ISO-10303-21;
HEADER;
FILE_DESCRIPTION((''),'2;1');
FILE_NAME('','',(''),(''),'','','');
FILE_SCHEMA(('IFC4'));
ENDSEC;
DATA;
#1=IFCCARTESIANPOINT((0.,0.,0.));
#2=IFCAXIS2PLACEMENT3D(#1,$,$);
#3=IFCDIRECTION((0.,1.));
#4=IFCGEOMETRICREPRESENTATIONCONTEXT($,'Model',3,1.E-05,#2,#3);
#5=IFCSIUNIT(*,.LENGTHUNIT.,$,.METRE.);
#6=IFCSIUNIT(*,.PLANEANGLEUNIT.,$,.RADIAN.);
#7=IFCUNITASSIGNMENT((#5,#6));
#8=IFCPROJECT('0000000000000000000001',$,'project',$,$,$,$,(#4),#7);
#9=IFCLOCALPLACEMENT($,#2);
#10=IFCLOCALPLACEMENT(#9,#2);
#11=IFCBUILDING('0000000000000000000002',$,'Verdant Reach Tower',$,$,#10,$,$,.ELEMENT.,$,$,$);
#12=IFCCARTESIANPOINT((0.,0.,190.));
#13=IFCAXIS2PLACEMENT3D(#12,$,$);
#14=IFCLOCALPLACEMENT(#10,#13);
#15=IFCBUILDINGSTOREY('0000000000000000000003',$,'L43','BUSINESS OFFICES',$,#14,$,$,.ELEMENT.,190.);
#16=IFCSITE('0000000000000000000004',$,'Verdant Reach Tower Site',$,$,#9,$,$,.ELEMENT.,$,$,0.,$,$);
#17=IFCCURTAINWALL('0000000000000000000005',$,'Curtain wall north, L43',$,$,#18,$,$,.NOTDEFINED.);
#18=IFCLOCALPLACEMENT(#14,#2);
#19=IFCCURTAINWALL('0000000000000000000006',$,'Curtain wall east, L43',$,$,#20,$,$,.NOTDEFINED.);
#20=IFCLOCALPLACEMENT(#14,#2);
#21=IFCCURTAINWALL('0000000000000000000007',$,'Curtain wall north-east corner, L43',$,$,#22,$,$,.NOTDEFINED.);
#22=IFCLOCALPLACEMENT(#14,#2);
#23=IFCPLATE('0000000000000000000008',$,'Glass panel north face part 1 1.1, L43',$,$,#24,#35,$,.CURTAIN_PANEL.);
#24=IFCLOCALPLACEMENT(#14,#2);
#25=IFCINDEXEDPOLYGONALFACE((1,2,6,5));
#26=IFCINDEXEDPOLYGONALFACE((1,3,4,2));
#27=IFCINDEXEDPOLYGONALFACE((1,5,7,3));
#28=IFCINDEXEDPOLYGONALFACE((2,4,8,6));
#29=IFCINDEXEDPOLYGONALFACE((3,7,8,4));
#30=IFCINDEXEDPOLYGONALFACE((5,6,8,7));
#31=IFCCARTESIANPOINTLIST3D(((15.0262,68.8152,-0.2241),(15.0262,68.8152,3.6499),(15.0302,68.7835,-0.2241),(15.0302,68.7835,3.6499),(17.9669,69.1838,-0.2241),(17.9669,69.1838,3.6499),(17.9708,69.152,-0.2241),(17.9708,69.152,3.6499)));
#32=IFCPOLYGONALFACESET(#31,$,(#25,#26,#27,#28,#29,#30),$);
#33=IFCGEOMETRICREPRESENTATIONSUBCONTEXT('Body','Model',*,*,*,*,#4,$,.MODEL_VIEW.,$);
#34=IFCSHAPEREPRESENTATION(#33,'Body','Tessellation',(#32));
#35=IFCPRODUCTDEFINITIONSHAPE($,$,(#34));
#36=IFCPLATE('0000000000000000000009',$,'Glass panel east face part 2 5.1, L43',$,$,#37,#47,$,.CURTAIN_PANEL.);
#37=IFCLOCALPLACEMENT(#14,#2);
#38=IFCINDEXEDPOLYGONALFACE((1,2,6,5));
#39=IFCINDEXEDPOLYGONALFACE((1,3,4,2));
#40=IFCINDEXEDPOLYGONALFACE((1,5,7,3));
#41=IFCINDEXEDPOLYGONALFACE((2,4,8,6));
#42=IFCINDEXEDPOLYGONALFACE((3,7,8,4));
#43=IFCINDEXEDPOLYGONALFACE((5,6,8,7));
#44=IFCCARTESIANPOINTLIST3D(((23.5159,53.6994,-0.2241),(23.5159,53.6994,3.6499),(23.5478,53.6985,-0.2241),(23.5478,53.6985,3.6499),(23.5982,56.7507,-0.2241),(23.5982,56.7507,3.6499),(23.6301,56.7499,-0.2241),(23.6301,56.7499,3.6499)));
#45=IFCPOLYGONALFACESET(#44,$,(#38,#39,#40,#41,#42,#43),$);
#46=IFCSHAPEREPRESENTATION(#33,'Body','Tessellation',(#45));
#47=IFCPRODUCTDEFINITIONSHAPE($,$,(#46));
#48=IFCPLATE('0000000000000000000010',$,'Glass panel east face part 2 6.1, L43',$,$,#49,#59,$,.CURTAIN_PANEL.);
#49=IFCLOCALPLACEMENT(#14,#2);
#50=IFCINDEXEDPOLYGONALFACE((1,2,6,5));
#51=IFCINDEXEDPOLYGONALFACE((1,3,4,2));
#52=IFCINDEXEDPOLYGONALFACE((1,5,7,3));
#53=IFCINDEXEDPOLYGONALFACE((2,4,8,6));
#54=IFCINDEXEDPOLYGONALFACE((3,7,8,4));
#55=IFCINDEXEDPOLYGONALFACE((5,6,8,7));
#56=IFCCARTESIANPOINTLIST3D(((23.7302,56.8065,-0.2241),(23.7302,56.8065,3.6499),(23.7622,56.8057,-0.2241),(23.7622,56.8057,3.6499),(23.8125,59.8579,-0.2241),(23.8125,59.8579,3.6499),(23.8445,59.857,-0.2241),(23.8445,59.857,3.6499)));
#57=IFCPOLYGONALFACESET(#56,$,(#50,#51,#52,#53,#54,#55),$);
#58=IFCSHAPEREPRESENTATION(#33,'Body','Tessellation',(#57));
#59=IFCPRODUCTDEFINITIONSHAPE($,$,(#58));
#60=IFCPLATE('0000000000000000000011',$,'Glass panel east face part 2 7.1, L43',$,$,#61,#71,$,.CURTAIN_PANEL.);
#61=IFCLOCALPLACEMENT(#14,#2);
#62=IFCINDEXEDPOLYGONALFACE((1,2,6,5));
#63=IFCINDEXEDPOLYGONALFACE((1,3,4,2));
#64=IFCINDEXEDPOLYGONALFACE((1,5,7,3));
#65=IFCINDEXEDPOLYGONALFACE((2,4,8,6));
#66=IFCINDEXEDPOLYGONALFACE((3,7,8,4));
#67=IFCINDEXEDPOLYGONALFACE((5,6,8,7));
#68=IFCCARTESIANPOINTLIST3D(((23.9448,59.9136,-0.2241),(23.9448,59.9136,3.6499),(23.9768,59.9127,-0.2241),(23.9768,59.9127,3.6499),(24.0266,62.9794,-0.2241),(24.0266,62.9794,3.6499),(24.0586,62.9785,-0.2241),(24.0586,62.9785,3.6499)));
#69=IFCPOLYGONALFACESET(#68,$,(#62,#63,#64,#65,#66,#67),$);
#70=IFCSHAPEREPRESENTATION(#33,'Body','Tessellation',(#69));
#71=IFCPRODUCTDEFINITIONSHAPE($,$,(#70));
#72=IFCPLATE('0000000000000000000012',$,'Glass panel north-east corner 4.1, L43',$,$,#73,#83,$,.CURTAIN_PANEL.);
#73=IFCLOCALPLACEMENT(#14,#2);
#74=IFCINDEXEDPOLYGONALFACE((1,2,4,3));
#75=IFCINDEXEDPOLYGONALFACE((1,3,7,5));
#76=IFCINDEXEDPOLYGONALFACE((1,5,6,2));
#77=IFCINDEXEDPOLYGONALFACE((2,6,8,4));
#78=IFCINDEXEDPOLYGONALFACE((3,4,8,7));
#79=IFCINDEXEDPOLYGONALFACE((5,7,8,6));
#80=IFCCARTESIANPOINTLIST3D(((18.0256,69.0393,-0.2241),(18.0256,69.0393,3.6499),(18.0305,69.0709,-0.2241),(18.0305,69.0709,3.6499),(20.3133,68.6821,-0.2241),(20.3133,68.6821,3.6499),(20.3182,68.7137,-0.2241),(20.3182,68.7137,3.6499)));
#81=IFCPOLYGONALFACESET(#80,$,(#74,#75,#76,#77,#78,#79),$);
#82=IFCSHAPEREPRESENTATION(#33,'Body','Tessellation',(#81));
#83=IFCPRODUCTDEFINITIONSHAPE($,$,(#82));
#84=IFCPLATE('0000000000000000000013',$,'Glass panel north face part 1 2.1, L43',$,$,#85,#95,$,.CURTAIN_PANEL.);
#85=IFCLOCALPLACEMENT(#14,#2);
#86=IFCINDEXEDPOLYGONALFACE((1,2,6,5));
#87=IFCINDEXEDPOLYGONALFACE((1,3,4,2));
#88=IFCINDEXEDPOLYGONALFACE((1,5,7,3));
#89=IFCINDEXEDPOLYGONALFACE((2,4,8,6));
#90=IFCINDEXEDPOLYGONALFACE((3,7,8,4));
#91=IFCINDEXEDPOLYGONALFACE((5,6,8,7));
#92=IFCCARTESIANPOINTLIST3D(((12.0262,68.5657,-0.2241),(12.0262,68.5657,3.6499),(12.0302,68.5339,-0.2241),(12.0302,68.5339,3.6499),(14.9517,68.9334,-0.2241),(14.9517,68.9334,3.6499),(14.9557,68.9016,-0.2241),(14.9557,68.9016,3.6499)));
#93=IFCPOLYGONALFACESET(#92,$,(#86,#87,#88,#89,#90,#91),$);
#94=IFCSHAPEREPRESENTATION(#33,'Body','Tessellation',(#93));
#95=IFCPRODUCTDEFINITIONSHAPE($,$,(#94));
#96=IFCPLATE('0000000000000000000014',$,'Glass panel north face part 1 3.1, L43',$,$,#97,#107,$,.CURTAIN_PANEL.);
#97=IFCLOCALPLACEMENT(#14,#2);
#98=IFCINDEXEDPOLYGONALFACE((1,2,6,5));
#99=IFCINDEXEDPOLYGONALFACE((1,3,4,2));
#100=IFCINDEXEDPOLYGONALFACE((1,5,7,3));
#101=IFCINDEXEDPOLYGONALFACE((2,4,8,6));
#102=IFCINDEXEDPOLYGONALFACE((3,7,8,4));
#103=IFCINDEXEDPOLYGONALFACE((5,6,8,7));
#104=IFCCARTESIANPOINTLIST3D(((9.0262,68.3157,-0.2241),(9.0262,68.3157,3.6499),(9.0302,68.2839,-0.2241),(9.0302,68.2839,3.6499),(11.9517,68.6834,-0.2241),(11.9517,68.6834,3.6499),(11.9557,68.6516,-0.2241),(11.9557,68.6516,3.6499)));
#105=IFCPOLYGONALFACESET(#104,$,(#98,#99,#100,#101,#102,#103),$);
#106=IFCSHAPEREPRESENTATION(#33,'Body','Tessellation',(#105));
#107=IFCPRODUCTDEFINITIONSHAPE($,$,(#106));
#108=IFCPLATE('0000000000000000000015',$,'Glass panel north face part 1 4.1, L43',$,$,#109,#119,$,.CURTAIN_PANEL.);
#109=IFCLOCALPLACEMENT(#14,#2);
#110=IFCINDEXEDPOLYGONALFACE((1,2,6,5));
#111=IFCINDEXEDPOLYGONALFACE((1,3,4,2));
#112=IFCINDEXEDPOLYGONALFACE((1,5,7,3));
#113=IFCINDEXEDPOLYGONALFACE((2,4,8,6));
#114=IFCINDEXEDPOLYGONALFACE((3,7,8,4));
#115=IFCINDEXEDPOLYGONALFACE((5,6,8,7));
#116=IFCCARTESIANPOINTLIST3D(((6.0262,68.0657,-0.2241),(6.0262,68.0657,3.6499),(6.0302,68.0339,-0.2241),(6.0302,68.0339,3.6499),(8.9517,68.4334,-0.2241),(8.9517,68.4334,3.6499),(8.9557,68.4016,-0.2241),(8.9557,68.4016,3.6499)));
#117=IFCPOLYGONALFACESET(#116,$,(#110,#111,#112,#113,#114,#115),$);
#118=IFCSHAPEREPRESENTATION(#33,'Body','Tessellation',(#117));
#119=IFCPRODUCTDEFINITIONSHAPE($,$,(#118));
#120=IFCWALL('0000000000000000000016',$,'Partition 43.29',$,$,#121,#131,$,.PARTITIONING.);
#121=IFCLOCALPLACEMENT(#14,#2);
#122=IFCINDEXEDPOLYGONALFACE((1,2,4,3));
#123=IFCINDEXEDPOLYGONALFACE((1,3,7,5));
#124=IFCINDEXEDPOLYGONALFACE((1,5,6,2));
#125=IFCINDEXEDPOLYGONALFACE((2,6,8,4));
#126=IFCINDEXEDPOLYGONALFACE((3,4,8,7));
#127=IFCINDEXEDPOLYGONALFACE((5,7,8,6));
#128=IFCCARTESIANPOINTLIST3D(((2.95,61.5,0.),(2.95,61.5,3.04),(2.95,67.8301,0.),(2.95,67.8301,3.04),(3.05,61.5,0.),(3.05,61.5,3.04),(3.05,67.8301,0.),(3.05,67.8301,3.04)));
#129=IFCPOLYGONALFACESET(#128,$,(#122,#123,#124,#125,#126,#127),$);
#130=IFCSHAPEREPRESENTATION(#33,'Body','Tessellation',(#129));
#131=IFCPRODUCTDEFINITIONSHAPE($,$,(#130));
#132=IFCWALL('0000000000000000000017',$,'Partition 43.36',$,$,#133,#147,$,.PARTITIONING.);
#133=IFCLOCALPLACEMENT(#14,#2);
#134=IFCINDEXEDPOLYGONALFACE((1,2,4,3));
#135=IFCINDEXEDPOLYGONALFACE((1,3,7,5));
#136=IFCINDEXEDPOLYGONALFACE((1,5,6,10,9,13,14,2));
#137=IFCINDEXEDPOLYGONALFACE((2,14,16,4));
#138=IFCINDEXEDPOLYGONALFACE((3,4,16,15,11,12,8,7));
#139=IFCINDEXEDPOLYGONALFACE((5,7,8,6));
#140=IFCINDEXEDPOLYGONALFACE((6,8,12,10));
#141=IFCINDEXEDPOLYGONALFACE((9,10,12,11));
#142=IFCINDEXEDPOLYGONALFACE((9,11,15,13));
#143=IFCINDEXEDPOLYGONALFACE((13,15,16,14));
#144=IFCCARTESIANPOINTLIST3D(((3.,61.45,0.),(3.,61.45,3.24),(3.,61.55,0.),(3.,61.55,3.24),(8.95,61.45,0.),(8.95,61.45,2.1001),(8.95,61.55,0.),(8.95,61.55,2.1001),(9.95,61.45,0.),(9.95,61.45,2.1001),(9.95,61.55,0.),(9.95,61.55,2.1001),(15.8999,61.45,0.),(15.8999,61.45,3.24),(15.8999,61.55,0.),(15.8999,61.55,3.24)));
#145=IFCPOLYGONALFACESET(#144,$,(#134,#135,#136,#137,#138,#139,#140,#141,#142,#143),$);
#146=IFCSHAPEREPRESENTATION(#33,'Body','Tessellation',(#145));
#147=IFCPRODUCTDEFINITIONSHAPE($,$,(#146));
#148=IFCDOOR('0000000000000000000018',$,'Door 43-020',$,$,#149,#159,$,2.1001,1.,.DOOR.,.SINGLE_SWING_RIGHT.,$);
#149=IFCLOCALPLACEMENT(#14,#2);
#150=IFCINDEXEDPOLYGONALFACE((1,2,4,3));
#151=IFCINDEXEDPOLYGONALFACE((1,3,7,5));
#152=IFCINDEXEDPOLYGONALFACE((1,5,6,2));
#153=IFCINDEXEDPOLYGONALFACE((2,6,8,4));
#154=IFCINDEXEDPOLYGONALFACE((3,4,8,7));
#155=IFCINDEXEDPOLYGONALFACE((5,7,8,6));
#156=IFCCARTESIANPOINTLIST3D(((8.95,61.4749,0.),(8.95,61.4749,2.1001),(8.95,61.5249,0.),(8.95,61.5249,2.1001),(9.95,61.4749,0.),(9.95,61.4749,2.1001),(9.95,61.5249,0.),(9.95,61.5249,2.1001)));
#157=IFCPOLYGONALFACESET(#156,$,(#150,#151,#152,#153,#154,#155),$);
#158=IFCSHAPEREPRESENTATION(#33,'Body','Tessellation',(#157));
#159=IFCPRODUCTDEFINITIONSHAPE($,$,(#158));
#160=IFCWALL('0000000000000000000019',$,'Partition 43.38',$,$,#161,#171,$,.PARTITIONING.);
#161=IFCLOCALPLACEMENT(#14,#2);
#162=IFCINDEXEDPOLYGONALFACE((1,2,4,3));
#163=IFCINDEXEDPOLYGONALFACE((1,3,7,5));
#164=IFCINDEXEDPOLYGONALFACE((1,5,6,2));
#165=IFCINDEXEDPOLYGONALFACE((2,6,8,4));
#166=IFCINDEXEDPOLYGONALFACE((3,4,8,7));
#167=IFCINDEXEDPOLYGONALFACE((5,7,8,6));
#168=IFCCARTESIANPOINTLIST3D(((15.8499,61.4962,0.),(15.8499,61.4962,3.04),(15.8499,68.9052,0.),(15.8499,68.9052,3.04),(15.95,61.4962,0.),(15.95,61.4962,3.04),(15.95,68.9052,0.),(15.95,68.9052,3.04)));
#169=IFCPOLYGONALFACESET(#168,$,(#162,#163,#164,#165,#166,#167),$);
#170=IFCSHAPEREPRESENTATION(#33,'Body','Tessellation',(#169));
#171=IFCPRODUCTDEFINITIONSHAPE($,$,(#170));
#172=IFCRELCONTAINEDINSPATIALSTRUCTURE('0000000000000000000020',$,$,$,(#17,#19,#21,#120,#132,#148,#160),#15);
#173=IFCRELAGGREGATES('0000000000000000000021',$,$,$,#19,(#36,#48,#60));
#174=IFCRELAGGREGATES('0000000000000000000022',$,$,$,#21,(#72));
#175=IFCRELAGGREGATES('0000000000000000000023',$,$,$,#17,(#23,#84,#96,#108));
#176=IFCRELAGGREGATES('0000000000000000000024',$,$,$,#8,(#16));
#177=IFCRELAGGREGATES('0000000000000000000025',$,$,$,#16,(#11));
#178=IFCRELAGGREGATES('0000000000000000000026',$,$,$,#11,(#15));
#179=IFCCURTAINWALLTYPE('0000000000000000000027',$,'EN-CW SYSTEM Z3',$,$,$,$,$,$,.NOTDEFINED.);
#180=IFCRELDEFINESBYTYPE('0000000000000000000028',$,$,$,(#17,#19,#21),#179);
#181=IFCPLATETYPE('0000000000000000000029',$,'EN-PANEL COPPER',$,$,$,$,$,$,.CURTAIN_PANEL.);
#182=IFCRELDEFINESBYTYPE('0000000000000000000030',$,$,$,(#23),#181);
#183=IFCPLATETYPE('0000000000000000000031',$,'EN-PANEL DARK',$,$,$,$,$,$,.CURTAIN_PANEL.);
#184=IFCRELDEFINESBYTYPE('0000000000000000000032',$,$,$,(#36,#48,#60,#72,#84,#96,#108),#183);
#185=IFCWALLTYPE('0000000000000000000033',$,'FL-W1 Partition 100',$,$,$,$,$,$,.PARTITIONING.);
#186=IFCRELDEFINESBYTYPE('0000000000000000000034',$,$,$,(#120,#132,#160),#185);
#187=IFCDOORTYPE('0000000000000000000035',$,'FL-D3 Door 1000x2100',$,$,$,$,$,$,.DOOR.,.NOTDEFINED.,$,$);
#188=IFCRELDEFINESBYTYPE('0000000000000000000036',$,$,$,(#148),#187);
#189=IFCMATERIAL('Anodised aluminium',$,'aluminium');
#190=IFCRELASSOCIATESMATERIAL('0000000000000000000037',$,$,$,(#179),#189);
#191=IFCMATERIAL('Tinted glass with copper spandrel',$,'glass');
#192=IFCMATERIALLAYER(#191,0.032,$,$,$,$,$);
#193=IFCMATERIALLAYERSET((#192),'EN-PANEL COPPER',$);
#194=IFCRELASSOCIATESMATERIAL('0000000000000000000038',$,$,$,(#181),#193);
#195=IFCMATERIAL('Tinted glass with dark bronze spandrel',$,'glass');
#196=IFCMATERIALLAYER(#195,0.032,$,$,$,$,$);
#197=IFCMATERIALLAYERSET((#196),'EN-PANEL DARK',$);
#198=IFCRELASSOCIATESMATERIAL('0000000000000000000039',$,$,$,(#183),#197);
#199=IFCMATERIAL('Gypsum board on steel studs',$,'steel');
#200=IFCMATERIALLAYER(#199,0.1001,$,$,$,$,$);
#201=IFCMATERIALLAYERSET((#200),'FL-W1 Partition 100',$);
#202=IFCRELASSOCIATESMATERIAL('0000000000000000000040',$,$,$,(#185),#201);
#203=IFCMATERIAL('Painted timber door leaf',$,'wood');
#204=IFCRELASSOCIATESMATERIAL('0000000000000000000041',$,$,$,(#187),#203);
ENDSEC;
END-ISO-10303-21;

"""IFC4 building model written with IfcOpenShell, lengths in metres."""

from ifc_helpers import new_model, si_unit, direction, frame, frame_2d, origin, origin_2d, place, context, subcontext, project, spatial, rectangle, extrude, material, layer, layer_set, type_object, element, fill, aggregate, save


model = new_model("IFC4")

# Units and contexts
model_context = context("Model", 3, precision=1e-05, world=origin(), true_north=direction((0.0, 1.0)))
body_context = subcontext(model_context, "Body", "Model", "MODEL_VIEW")
ifc_project = project(units=[si_unit("LENGTHUNIT", "METRE"), si_unit("PLANEANGLEUNIT", "RADIAN")], contexts=[model_context])

# Site, building, storey
site_placement = place(None, origin())
site = spatial("IfcSite", under=ifc_project, at=site_placement, Name="Verdant Reach Tower Site", CompositionType="ELEMENT", RefElevation=0.0)
building_placement = place(site_placement, origin())
building = spatial("IfcBuilding", under=site, at=building_placement, Name="Verdant Reach Tower", CompositionType="ELEMENT")
storey_placement = place(building_placement, frame((0.0, 0.0, 190.0)))
storey = spatial("IfcBuildingStorey", under=building, at=storey_placement, Name="L43", Description="BUSINESS OFFICES", CompositionType="ELEMENT", Elevation=190.0)

# Curtain wall
ifc_material_1 = material(Name="Anodised aluminium", Category="aluminium")
curtain_wall_type = type_object("IfcCurtainWallType", Name="EN-CW SYSTEM Z3", PredefinedType="NOTDEFINED", material=ifc_material_1)
curtain_wall_1_placement = place(storey_placement, origin())
curtain_wall_1 = element("IfcCurtainWall", 1, at=curtain_wall_1_placement, inside=storey, type_object=curtain_wall_type, Name="Curtain wall north, L43", PredefinedType="NOTDEFINED")

# Curtain walls
curtain_wall_2_placement = place(storey_placement, origin())
curtain_wall_2 = element("IfcCurtainWall", 2, at=curtain_wall_2_placement, inside=storey, type_object=curtain_wall_type, Name="Curtain wall east, L43", PredefinedType="NOTDEFINED")
ifc_material_2 = material(Name="Tinted glass with copper spandrel", Category="glass")
ifc_layer_1 = layer(ifc_material_2, 0.032)
ifc_layer_set_1 = layer_set([ifc_layer_1], Name="EN-PANEL COPPER")
plate_type_1 = type_object("IfcPlateType", Name="EN-PANEL COPPER", PredefinedType="CURTAIN_PANEL", material=ifc_layer_set_1)
curtain_wall_3_placement = place(storey_placement, origin())
curtain_wall_3 = element("IfcCurtainWall", 3, at=curtain_wall_3_placement, inside=storey, type_object=curtain_wall_type, Name="Curtain wall north-east corner, L43", PredefinedType="NOTDEFINED")

# Plates
plate_1_placement = place(storey_placement, frame((16.4985, 68.9836, -0.2241), z_axis=(0.0, 0.0, 1.0), x_axis=(-0.992238, -0.124355, 0.0)))
plate_1 = element("IfcPlate", 4, at=plate_1_placement, type_object=plate_type_1, Name="Glass panel north face part 1 1.1, L43", PredefinedType="CURTAIN_PANEL", context=body_context, shape_type="SweptSolid", body=[
    extrude(rectangle(XDim=2.9636, YDim=0.032, at=origin_2d()), origin(), (0.0, 0.0, 1.0), 3.874),
])
ifc_material_3 = material(Name="Tinted glass with dark bronze spandrel", Category="glass")
ifc_layer_2 = layer(ifc_material_3, 0.032)
ifc_layer_set_2 = layer_set([ifc_layer_2], Name="EN-PANEL DARK")
plate_type_2 = type_object("IfcPlateType", Name="EN-PANEL DARK", PredefinedType="CURTAIN_PANEL", material=ifc_layer_set_2)
plate_2_placement = place(storey_placement, frame((23.573, 55.2246, -0.2241), z_axis=(0.0, 0.0, 1.0), x_axis=(0.026965, 0.999636, 0.0)))
plate_2 = element("IfcPlate", 5, at=plate_2_placement, type_object=plate_type_2, Name="Glass panel east face part 2 5.1, L43", PredefinedType="CURTAIN_PANEL", context=body_context, shape_type="SweptSolid", body=[
    extrude(rectangle(XDim=3.0525, YDim=0.032, at=origin_2d()), origin(), (0.0, 0.0, 1.0), 3.874),
])
plate_3_placement = place(storey_placement, frame((23.7874, 58.3318, -0.2241), z_axis=(0.0, 0.0, 1.0), x_axis=(0.026965, 0.999636, 0.0)))
plate_3 = element("IfcPlate", 6, at=plate_3_placement, type_object=plate_type_2, Name="Glass panel east face part 2 6.1, L43", PredefinedType="CURTAIN_PANEL", context=body_context, shape_type="SweptSolid", body=[
    extrude(rectangle(XDim=3.0525, YDim=0.032, at=origin_2d()), origin(), (0.0, 0.0, 1.0), 3.874),
])
plate_4_placement = place(storey_placement, frame((24.0017, 61.446, -0.2241), z_axis=(0.0, 0.0, 1.0), x_axis=(0.02666, 0.999645, 0.0)))
plate_4 = element("IfcPlate", 7, at=plate_4_placement, type_object=plate_type_2, Name="Glass panel east face part 2 7.1, L43", PredefinedType="CURTAIN_PANEL", context=body_context, shape_type="SweptSolid", body=[
    extrude(rectangle(XDim=3.0669, YDim=0.032, at=origin_2d()), origin(), (0.0, 0.0, 1.0), 3.874),
])
aggregate(curtain_wall_2, [plate_2, plate_3, plate_4])
plate_5_placement = place(storey_placement, frame((19.1719, 68.8765, -0.2241), z_axis=(0.0, 0.0, 1.0), x_axis=(-0.988029, 0.154268, 0.0)))
plate_5 = element("IfcPlate", 8, at=plate_5_placement, type_object=plate_type_2, Name="Glass panel north-east corner 4.1, L43", PredefinedType="CURTAIN_PANEL", context=body_context, shape_type="SweptSolid", body=[
    extrude(rectangle(XDim=2.3154, YDim=0.032, at=origin_2d()), origin(), (0.0, 0.0, 1.0), 3.874),
])
aggregate(curtain_wall_3, [plate_5])
plate_6_placement = place(storey_placement, frame((13.491, 68.7336, -0.2241), z_axis=(0.0, 0.0, 1.0), x_axis=(-0.992194, -0.124704, 0.0)))
plate_6 = element("IfcPlate", 9, at=plate_6_placement, type_object=plate_type_2, Name="Glass panel north face part 1 2.1, L43", PredefinedType="CURTAIN_PANEL", context=body_context, shape_type="SweptSolid", body=[
    extrude(rectangle(XDim=2.9485, YDim=0.032, at=origin_2d()), origin(), (0.0, 0.0, 1.0), 3.874),
])
plate_7_placement = place(storey_placement, frame((10.491, 68.4836, -0.2241), z_axis=(0.0, 0.0, 1.0), x_axis=(-0.992194, -0.124704, 0.0)))
plate_7 = element("IfcPlate", 10, at=plate_7_placement, type_object=plate_type_2, Name="Glass panel north face part 1 3.1, L43", PredefinedType="CURTAIN_PANEL", context=body_context, shape_type="SweptSolid", body=[
    extrude(rectangle(XDim=2.9485, YDim=0.032, at=origin_2d()), origin(), (0.0, 0.0, 1.0), 3.874),
])
plate_8_placement = place(storey_placement, frame((7.491, 68.2336, -0.2241), z_axis=(0.0, 0.0, 1.0), x_axis=(-0.992194, -0.124704, 0.0)))
plate_8 = element("IfcPlate", 11, at=plate_8_placement, type_object=plate_type_2, Name="Glass panel north face part 1 4.1, L43", PredefinedType="CURTAIN_PANEL", context=body_context, shape_type="SweptSolid", body=[
    extrude(rectangle(XDim=2.9485, YDim=0.032, at=origin_2d()), origin(), (0.0, 0.0, 1.0), 3.874),
])
aggregate(curtain_wall_1, [plate_1, plate_6, plate_7, plate_8])

# Wall
ifc_material_4 = material(Name="Gypsum board on steel studs", Category="steel")
ifc_layer_3 = layer(ifc_material_4, 0.1001)
ifc_layer_set_3 = layer_set([ifc_layer_3], Name="FL-W1 Partition 100")
wall_type = type_object("IfcWallType", Name="FL-W1 Partition 100", PredefinedType="PARTITIONING", material=ifc_layer_set_3)
wall_1_placement = place(storey_placement, frame((3.0, 61.5, 0.0), z_axis=(0.0, 0.0, 1.0), x_axis=(0.0, 1.0, 0.0)))
element("IfcWall", 12, at=wall_1_placement, inside=storey, type_object=wall_type, Name="Partition 43.29", PredefinedType="PARTITIONING", context=body_context, shape_type="SweptSolid", body=[
    extrude(rectangle(XDim=6.3301, YDim=0.1001, at=frame_2d((3.165, 0.0))), origin(), (0.0, 0.0, 1.0), 3.04),
])

# Wall, opening, door
wall_2_placement = place(storey_placement, frame((3.0, 61.5, 0.0), z_axis=(0.0, 0.0, 1.0), x_axis=(1.0, 0.0, 0.0)))
wall_2 = element("IfcWall", 13, at=wall_2_placement, inside=storey, type_object=wall_type, Name="Partition 43.36", PredefinedType="PARTITIONING", context=body_context, shape_type="SweptSolid", body=[
    extrude(rectangle(XDim=12.8999, YDim=0.1001, at=frame_2d((6.45, 0.0))), origin(), (0.0, 0.0, 1.0), 3.24),
])
opening_placement = place(wall_2_placement, frame((5.95, 0.0, 0.0)))
opening = element("IfcOpeningElement", 14, at=opening_placement, cuts=wall_2, PredefinedType="OPENING", context=body_context, shape_type="SweptSolid", body=[
    extrude(rectangle(XDim=1.0, YDim=2.1001, at=frame_2d((0.5, 1.05))), frame((0.0, 0.0601, 0.0), z_axis=(0.0, -1.0, 0.0), x_axis=(1.0, 0.0, 0.0)), (0.0, 0.0, 1.0), 0.1201),
])
ifc_material_5 = material(Name="Painted timber door leaf", Category="wood")
door_type = type_object("IfcDoorType", Name="FL-D3 Door 1000x2100", OperationType="NOTDEFINED", PredefinedType="DOOR", material=ifc_material_5)
door_placement = place(opening_placement, origin())
door = element("IfcDoor", 15, at=door_placement, inside=storey, type_object=door_type, Name="Door 43-020", OperationType="SINGLE_SWING_RIGHT", OverallHeight=2.1001, OverallWidth=1.0, PredefinedType="DOOR", context=body_context, shape_type="SweptSolid", body=[
    extrude(rectangle(XDim=1.0, YDim=2.1001, at=frame_2d((0.5, 1.05))), frame((0.0, 0.0249, 0.0), z_axis=(0.0, -1.0, 0.0), x_axis=(1.0, 0.0, 0.0)), (0.0, 0.0, 1.0), 0.05),
])
fill(opening, door)

# Wall
wall_3_placement = place(storey_placement, frame((15.8999, 61.4961, 0.0), z_axis=(0.0, 0.0, 1.0), x_axis=(0.0, 1.0, 0.0)))
element("IfcWall", 16, at=wall_3_placement, inside=storey, type_object=wall_type, Name="Partition 43.38", PredefinedType="PARTITIONING", context=body_context, shape_type="SweptSolid", body=[
    extrude(rectangle(XDim=7.4089, YDim=0.1001, at=frame_2d((3.7046, 0.0))), origin(), (0.0, 0.0, 1.0), 3.04),
])

save(model, "model.ifc")
